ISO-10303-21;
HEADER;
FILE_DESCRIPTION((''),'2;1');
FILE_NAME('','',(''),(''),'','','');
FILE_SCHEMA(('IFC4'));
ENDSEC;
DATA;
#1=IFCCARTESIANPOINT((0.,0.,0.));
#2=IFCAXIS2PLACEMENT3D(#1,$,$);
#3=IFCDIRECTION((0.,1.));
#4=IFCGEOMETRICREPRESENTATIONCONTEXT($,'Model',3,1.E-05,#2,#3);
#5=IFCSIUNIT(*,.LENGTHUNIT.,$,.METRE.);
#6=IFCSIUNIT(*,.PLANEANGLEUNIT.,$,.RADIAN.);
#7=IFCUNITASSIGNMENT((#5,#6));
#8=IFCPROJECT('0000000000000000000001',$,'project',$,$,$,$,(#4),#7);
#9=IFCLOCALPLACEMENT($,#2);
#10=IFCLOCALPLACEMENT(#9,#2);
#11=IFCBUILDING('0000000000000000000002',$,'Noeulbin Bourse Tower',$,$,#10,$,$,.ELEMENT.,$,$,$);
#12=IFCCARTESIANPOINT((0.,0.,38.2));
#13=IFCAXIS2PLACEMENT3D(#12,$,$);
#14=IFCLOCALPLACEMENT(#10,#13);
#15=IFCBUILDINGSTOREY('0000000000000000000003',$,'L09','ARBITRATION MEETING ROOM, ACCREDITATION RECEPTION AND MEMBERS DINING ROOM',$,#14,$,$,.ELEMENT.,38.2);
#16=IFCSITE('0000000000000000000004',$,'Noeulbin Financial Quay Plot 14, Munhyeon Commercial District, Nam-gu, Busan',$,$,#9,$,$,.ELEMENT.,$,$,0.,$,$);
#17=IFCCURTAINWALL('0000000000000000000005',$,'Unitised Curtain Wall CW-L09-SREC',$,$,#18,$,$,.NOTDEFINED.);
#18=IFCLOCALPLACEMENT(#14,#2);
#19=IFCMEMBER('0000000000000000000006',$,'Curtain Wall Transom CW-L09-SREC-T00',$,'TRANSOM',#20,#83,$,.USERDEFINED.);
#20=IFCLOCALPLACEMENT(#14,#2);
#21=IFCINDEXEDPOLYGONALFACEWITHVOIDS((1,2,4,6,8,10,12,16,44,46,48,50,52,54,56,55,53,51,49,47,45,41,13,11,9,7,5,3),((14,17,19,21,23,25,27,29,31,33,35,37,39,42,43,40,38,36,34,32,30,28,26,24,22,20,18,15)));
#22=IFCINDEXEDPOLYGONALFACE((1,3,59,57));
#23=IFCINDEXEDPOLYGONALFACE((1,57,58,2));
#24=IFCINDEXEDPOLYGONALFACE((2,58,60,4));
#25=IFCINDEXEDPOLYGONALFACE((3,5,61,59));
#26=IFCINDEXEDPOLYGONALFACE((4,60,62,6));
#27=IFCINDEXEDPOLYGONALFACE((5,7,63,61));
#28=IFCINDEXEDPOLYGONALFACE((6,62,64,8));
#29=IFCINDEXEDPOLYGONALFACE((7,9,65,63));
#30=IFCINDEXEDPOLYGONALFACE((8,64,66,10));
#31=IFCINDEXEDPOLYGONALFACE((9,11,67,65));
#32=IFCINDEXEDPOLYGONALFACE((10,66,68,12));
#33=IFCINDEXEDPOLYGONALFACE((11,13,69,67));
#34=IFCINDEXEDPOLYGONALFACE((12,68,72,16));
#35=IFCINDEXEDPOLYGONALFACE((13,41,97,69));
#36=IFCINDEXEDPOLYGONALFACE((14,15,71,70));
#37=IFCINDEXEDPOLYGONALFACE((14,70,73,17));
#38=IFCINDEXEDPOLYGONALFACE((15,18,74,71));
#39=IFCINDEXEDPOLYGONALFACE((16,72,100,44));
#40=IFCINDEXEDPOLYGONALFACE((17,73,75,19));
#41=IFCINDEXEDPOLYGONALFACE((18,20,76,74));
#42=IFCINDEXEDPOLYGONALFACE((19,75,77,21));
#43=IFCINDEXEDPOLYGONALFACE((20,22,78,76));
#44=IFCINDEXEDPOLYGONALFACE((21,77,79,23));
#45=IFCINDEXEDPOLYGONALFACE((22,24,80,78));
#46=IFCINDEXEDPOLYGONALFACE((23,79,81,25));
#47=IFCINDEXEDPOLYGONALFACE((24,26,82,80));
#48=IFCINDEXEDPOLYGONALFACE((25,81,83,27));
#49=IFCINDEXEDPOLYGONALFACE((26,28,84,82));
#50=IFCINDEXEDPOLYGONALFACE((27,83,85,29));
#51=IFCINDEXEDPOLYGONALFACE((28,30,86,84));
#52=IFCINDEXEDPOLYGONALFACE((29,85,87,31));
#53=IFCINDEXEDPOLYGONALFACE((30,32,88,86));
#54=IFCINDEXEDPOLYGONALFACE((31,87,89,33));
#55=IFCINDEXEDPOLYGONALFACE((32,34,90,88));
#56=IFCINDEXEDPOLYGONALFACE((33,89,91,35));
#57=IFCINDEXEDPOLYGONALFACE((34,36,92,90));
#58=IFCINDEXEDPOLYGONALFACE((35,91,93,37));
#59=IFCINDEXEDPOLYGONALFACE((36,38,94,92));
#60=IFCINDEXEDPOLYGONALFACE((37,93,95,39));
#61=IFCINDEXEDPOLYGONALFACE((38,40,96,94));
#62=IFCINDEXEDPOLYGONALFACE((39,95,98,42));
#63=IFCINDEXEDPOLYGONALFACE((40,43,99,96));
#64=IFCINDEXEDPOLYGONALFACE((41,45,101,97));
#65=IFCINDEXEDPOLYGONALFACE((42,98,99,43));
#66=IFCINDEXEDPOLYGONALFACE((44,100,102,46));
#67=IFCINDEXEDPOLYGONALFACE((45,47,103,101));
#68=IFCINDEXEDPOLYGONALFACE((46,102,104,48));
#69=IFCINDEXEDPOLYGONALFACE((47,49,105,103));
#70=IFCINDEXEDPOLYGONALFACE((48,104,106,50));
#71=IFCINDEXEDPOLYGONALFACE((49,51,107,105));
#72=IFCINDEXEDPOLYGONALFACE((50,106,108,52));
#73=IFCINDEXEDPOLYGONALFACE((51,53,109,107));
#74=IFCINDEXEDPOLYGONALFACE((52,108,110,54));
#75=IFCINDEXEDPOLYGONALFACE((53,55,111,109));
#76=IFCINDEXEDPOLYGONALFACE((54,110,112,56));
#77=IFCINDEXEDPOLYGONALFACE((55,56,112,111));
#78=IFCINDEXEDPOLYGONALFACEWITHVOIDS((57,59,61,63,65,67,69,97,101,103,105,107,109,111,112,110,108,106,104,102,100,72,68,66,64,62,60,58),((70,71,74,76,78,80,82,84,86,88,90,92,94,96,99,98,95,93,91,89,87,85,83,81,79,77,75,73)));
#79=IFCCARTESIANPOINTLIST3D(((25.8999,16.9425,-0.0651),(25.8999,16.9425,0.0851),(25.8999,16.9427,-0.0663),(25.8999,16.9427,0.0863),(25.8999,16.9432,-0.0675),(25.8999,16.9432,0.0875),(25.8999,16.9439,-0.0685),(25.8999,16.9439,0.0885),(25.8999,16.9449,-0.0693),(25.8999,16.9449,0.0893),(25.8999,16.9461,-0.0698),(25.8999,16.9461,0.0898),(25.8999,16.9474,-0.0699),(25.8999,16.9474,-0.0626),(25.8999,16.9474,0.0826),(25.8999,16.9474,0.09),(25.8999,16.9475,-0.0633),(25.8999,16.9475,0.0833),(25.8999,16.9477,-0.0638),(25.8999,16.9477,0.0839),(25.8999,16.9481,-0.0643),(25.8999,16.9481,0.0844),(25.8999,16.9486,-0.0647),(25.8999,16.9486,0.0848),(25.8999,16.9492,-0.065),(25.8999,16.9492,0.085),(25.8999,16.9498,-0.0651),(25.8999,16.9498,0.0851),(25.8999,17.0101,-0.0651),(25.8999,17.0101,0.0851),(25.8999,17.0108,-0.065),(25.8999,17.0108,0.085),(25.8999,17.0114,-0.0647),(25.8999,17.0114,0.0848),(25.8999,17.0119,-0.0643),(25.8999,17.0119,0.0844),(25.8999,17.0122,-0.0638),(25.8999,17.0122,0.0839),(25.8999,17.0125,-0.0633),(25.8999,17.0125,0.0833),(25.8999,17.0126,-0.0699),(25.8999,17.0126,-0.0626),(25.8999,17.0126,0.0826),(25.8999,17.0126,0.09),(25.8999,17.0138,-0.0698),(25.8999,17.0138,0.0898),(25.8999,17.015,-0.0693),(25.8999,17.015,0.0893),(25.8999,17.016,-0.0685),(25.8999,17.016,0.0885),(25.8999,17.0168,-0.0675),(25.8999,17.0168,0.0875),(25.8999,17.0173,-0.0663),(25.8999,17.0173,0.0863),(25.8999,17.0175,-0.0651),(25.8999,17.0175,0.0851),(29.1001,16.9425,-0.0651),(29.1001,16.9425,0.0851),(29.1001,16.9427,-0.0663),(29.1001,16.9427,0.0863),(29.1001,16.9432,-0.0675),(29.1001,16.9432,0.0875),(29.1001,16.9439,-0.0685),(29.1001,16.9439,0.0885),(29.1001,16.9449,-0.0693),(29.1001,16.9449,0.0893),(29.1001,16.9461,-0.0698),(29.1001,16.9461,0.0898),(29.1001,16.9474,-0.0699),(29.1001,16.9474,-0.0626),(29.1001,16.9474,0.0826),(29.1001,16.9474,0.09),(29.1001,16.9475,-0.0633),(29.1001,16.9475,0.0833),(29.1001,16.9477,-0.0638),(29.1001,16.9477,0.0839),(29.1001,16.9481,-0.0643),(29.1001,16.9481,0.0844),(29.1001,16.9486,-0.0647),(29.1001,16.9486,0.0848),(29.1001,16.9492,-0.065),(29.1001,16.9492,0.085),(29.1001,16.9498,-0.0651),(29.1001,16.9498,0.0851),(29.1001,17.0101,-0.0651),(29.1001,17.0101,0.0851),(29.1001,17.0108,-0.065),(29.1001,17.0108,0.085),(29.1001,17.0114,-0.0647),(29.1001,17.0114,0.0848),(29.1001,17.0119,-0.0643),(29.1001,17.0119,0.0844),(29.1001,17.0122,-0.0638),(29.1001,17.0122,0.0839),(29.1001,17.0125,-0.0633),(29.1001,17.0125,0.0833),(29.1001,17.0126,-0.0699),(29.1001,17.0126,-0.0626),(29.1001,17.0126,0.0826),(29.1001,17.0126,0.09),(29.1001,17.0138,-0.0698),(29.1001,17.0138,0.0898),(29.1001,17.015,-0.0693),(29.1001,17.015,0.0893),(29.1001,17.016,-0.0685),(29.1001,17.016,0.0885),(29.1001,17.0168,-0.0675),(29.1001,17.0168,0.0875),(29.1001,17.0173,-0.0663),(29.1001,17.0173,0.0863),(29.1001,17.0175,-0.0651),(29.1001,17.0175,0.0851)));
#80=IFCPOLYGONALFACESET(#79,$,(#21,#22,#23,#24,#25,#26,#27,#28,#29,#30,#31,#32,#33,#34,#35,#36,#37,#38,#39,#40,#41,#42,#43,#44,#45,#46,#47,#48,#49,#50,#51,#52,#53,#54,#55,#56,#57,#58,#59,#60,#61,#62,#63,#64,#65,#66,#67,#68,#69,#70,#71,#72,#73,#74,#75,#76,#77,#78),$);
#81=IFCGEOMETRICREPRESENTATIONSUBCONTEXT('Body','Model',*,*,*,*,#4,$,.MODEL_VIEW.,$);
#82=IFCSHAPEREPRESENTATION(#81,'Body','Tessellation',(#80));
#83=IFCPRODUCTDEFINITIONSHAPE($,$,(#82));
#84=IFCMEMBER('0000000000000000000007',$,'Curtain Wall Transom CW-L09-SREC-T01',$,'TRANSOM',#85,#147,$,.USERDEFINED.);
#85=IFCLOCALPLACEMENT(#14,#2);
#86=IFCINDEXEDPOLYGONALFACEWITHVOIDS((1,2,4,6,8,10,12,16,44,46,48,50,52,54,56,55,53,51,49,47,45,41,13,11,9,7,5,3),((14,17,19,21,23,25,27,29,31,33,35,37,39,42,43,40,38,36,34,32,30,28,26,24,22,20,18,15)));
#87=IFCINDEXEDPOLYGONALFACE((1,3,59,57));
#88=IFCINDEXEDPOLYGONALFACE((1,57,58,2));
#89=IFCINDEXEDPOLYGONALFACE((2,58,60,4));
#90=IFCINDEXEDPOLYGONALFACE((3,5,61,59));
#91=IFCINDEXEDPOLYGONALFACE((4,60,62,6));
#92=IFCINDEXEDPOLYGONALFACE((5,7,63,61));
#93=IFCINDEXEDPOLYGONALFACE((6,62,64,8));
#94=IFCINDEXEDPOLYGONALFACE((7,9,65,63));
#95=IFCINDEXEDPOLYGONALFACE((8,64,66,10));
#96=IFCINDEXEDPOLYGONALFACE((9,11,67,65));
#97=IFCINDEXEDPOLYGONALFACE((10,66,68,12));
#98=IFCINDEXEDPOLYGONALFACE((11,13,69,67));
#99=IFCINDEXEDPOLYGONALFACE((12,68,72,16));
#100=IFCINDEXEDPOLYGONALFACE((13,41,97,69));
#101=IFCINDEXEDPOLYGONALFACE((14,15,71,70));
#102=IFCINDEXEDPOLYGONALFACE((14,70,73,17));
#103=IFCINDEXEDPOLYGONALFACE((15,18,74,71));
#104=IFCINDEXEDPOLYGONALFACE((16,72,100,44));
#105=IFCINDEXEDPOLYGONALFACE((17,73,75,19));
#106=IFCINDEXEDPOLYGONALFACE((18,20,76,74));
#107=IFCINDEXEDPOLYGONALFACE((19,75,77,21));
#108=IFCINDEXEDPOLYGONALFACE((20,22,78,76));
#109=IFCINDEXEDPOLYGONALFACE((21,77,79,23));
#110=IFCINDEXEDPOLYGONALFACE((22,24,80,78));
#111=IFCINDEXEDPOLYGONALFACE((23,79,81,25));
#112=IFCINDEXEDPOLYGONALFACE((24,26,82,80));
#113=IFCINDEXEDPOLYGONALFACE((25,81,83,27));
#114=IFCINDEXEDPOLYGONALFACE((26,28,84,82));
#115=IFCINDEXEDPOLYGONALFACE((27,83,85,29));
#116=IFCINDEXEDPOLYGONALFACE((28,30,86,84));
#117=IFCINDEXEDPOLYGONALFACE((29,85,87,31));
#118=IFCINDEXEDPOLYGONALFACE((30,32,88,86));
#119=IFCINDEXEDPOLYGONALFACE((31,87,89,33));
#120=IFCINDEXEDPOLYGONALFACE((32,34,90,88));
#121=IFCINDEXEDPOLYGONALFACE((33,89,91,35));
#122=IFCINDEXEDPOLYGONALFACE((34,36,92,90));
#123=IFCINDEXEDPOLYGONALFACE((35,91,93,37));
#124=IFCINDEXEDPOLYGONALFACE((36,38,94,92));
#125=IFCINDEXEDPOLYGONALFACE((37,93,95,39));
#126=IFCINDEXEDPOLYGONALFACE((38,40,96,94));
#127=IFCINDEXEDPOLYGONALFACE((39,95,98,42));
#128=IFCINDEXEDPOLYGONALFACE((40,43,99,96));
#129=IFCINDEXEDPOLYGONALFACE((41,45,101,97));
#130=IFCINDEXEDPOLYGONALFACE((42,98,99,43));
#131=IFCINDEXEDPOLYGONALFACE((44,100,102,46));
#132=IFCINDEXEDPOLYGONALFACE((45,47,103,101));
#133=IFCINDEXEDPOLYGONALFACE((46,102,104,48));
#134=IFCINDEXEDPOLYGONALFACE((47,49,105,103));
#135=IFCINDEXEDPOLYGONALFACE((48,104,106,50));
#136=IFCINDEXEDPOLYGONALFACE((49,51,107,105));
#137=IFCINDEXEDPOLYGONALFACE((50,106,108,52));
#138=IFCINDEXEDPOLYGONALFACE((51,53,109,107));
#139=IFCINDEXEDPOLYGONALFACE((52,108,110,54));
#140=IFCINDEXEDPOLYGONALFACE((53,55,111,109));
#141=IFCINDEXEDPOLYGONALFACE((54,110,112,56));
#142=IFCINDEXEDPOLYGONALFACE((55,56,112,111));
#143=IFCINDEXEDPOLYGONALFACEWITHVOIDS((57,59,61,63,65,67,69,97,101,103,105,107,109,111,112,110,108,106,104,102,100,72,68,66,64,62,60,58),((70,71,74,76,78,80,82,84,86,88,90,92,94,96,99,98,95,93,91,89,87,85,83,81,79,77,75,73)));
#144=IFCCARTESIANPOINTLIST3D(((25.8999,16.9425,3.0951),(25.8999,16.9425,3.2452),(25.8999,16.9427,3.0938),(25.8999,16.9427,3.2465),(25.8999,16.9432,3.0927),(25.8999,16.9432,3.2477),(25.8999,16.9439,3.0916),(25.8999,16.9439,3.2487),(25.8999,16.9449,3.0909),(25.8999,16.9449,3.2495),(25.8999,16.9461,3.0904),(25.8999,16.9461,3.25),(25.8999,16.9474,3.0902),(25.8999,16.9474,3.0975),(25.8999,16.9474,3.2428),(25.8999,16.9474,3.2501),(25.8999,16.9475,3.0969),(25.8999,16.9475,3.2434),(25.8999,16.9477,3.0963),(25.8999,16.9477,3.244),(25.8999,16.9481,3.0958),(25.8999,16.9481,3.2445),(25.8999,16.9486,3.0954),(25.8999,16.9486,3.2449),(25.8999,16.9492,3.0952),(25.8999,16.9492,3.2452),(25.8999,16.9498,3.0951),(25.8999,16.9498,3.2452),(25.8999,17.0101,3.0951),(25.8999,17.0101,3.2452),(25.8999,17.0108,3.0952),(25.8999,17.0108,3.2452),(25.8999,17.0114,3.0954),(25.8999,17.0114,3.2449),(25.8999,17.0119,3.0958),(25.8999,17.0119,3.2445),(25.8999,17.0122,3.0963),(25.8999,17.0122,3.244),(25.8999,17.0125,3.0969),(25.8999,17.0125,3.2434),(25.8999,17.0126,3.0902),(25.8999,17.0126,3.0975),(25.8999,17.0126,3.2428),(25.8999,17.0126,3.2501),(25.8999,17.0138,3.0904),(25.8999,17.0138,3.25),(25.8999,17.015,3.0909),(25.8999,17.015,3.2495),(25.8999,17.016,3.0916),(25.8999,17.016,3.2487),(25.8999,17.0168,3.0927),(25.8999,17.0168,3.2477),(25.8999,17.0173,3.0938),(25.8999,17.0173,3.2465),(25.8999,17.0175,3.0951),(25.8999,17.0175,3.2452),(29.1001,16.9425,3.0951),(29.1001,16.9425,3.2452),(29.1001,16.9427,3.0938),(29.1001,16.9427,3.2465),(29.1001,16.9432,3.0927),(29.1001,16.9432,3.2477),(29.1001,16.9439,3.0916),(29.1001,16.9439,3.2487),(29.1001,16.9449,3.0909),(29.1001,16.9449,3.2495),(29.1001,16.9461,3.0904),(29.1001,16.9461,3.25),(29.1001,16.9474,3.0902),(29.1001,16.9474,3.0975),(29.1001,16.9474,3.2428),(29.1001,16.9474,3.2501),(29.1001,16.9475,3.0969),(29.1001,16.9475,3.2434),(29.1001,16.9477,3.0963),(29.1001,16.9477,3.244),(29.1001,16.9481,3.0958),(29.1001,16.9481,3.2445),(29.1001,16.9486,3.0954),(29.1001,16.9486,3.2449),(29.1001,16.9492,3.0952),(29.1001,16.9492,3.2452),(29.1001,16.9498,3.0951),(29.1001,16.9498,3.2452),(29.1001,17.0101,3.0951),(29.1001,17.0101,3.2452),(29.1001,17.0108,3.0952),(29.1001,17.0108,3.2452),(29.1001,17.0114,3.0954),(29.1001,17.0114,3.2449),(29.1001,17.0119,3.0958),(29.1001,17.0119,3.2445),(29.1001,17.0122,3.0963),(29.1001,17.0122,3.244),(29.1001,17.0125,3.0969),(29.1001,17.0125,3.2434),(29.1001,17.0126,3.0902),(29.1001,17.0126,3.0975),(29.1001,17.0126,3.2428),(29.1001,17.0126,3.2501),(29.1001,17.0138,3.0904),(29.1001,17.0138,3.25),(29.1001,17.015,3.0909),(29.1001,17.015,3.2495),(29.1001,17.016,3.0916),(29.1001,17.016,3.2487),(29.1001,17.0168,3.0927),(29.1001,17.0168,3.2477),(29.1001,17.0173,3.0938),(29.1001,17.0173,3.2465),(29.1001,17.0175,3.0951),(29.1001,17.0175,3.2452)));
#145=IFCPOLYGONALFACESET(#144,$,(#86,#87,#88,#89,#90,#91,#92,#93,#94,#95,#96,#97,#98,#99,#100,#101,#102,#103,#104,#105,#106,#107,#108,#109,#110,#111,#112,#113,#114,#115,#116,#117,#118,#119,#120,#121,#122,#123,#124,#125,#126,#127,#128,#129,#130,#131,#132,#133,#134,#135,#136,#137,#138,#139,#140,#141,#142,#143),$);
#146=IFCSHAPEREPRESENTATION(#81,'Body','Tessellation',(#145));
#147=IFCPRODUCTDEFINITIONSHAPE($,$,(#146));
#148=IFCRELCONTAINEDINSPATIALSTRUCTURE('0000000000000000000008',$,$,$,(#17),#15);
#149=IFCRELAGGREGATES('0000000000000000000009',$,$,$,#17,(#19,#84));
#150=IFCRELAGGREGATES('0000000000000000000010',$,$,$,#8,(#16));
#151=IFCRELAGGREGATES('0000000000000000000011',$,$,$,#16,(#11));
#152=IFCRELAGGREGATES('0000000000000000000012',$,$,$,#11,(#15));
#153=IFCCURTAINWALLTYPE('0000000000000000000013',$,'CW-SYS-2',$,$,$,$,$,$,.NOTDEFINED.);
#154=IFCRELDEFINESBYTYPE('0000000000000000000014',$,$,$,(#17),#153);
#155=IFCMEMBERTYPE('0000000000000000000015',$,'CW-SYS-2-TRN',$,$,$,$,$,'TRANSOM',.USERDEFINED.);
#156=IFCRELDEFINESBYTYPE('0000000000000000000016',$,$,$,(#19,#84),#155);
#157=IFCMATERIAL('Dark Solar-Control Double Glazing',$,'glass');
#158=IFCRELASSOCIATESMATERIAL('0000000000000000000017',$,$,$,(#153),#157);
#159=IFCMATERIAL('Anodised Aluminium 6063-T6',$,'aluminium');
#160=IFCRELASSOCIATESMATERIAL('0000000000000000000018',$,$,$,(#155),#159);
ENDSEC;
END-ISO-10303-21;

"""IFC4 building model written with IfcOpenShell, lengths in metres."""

from ifc_helpers import new_model, si_unit, direction, frame, origin, origin_2d, place, context, subcontext, project, spatial, hollow_rectangle, extrude, material, material_profile, profile_set, type_object, element, aggregate, save


model = new_model("IFC4")

# Units and contexts
model_context = context("Model", 3, precision=1e-05, world=origin(), true_north=direction((0.0, 1.0)))
body_context = subcontext(model_context, "Body", "Model", "MODEL_VIEW")
ifc_project = project(units=[si_unit("LENGTHUNIT", "METRE"), si_unit("PLANEANGLEUNIT", "RADIAN")], contexts=[model_context])

# Site, building, storey
site_placement = place(None, origin())
site = spatial("IfcSite", under=ifc_project, at=site_placement, Name="Noeulbin Financial Quay Plot 14, Munhyeon Commercial District, Nam-gu, Busan", CompositionType="ELEMENT", RefElevation=0.0)
building_placement = place(site_placement, origin())
building = spatial("IfcBuilding", under=site, at=building_placement, Name="Noeulbin Bourse Tower", CompositionType="ELEMENT")
storey_placement = place(building_placement, frame((0.0, 0.0, 38.2)))
storey = spatial("IfcBuildingStorey", under=building, at=storey_placement, Name="L09", Description="ARBITRATION MEETING ROOM, ACCREDITATION RECEPTION AND MEMBERS DINING ROOM", CompositionType="ELEMENT", Elevation=38.2)

# Curtain wall
ifc_material_1 = material(Name="Dark Solar-Control Double Glazing", Category="glass")
curtain_wall_type = type_object("IfcCurtainWallType", Name="CW-SYS-2", PredefinedType="NOTDEFINED", material=ifc_material_1)
curtain_wall_1_placement = place(storey_placement, origin())
curtain_wall_1 = element("IfcCurtainWall", 1, at=curtain_wall_1_placement, inside=storey, type_object=curtain_wall_type, Name="Unitised Curtain Wall CW-L09-SREC", PredefinedType="NOTDEFINED")
ifc_material_2 = material(Name="Anodised Aluminium 6063-T6", Category="aluminium")

# Members
ifc_material_profile_1 = material_profile(ifc_material_2, hollow_rectangle(XDim=0.075, YDim=0.1599, WallThickness=0.0049, InnerFilletRadius=0.0024, OuterFilletRadius=0.0049, at=origin_2d()), Name="ALU-TRAN-75x160x5", Category="LoadBearing")
ifc_profile_set_1 = profile_set([ifc_material_profile_1], Name="Anodised Aluminium 6063-T6")
member_type_1 = type_object("IfcMemberType", Name="CW-SYS-2-TRN", ElementType="TRANSOM", PredefinedType="USERDEFINED", material=ifc_profile_set_1)
member_1_placement = place(storey_placement, frame((25.8999, 16.98, 0.01), z_axis=(1.0, 0.0, 0.0), x_axis=(0.0, 1.0, 0.0)))
member_1 = element("IfcMember", 2, at=member_1_placement, type_object=member_type_1, Name="Curtain Wall Transom CW-L09-SREC-T00", ObjectType="TRANSOM", PredefinedType="USERDEFINED", context=body_context, shape_type="SweptSolid", body=[
    extrude(hollow_rectangle(XDim=0.075, YDim=0.1599, WallThickness=0.0049, InnerFilletRadius=0.0024, OuterFilletRadius=0.0049, at=origin_2d()), origin(), (0.0, 0.0, 1.0), 3.2002),
])
member_2_placement = place(storey_placement, frame((25.8999, 16.98, 3.1702), z_axis=(1.0, 0.0, 0.0), x_axis=(0.0, 1.0, 0.0)))
member_2 = element("IfcMember", 3, at=member_2_placement, type_object=member_type_1, Name="Curtain Wall Transom CW-L09-SREC-T01", ObjectType="TRANSOM", PredefinedType="USERDEFINED", context=body_context, shape_type="SweptSolid", body=[
    extrude(hollow_rectangle(XDim=0.075, YDim=0.1599, WallThickness=0.0049, InnerFilletRadius=0.0024, OuterFilletRadius=0.0049, at=origin_2d()), origin(), (0.0, 0.0, 1.0), 3.2002),
])

aggregate(curtain_wall_1, [member_1, member_2])

save(model, "model.ifc")
